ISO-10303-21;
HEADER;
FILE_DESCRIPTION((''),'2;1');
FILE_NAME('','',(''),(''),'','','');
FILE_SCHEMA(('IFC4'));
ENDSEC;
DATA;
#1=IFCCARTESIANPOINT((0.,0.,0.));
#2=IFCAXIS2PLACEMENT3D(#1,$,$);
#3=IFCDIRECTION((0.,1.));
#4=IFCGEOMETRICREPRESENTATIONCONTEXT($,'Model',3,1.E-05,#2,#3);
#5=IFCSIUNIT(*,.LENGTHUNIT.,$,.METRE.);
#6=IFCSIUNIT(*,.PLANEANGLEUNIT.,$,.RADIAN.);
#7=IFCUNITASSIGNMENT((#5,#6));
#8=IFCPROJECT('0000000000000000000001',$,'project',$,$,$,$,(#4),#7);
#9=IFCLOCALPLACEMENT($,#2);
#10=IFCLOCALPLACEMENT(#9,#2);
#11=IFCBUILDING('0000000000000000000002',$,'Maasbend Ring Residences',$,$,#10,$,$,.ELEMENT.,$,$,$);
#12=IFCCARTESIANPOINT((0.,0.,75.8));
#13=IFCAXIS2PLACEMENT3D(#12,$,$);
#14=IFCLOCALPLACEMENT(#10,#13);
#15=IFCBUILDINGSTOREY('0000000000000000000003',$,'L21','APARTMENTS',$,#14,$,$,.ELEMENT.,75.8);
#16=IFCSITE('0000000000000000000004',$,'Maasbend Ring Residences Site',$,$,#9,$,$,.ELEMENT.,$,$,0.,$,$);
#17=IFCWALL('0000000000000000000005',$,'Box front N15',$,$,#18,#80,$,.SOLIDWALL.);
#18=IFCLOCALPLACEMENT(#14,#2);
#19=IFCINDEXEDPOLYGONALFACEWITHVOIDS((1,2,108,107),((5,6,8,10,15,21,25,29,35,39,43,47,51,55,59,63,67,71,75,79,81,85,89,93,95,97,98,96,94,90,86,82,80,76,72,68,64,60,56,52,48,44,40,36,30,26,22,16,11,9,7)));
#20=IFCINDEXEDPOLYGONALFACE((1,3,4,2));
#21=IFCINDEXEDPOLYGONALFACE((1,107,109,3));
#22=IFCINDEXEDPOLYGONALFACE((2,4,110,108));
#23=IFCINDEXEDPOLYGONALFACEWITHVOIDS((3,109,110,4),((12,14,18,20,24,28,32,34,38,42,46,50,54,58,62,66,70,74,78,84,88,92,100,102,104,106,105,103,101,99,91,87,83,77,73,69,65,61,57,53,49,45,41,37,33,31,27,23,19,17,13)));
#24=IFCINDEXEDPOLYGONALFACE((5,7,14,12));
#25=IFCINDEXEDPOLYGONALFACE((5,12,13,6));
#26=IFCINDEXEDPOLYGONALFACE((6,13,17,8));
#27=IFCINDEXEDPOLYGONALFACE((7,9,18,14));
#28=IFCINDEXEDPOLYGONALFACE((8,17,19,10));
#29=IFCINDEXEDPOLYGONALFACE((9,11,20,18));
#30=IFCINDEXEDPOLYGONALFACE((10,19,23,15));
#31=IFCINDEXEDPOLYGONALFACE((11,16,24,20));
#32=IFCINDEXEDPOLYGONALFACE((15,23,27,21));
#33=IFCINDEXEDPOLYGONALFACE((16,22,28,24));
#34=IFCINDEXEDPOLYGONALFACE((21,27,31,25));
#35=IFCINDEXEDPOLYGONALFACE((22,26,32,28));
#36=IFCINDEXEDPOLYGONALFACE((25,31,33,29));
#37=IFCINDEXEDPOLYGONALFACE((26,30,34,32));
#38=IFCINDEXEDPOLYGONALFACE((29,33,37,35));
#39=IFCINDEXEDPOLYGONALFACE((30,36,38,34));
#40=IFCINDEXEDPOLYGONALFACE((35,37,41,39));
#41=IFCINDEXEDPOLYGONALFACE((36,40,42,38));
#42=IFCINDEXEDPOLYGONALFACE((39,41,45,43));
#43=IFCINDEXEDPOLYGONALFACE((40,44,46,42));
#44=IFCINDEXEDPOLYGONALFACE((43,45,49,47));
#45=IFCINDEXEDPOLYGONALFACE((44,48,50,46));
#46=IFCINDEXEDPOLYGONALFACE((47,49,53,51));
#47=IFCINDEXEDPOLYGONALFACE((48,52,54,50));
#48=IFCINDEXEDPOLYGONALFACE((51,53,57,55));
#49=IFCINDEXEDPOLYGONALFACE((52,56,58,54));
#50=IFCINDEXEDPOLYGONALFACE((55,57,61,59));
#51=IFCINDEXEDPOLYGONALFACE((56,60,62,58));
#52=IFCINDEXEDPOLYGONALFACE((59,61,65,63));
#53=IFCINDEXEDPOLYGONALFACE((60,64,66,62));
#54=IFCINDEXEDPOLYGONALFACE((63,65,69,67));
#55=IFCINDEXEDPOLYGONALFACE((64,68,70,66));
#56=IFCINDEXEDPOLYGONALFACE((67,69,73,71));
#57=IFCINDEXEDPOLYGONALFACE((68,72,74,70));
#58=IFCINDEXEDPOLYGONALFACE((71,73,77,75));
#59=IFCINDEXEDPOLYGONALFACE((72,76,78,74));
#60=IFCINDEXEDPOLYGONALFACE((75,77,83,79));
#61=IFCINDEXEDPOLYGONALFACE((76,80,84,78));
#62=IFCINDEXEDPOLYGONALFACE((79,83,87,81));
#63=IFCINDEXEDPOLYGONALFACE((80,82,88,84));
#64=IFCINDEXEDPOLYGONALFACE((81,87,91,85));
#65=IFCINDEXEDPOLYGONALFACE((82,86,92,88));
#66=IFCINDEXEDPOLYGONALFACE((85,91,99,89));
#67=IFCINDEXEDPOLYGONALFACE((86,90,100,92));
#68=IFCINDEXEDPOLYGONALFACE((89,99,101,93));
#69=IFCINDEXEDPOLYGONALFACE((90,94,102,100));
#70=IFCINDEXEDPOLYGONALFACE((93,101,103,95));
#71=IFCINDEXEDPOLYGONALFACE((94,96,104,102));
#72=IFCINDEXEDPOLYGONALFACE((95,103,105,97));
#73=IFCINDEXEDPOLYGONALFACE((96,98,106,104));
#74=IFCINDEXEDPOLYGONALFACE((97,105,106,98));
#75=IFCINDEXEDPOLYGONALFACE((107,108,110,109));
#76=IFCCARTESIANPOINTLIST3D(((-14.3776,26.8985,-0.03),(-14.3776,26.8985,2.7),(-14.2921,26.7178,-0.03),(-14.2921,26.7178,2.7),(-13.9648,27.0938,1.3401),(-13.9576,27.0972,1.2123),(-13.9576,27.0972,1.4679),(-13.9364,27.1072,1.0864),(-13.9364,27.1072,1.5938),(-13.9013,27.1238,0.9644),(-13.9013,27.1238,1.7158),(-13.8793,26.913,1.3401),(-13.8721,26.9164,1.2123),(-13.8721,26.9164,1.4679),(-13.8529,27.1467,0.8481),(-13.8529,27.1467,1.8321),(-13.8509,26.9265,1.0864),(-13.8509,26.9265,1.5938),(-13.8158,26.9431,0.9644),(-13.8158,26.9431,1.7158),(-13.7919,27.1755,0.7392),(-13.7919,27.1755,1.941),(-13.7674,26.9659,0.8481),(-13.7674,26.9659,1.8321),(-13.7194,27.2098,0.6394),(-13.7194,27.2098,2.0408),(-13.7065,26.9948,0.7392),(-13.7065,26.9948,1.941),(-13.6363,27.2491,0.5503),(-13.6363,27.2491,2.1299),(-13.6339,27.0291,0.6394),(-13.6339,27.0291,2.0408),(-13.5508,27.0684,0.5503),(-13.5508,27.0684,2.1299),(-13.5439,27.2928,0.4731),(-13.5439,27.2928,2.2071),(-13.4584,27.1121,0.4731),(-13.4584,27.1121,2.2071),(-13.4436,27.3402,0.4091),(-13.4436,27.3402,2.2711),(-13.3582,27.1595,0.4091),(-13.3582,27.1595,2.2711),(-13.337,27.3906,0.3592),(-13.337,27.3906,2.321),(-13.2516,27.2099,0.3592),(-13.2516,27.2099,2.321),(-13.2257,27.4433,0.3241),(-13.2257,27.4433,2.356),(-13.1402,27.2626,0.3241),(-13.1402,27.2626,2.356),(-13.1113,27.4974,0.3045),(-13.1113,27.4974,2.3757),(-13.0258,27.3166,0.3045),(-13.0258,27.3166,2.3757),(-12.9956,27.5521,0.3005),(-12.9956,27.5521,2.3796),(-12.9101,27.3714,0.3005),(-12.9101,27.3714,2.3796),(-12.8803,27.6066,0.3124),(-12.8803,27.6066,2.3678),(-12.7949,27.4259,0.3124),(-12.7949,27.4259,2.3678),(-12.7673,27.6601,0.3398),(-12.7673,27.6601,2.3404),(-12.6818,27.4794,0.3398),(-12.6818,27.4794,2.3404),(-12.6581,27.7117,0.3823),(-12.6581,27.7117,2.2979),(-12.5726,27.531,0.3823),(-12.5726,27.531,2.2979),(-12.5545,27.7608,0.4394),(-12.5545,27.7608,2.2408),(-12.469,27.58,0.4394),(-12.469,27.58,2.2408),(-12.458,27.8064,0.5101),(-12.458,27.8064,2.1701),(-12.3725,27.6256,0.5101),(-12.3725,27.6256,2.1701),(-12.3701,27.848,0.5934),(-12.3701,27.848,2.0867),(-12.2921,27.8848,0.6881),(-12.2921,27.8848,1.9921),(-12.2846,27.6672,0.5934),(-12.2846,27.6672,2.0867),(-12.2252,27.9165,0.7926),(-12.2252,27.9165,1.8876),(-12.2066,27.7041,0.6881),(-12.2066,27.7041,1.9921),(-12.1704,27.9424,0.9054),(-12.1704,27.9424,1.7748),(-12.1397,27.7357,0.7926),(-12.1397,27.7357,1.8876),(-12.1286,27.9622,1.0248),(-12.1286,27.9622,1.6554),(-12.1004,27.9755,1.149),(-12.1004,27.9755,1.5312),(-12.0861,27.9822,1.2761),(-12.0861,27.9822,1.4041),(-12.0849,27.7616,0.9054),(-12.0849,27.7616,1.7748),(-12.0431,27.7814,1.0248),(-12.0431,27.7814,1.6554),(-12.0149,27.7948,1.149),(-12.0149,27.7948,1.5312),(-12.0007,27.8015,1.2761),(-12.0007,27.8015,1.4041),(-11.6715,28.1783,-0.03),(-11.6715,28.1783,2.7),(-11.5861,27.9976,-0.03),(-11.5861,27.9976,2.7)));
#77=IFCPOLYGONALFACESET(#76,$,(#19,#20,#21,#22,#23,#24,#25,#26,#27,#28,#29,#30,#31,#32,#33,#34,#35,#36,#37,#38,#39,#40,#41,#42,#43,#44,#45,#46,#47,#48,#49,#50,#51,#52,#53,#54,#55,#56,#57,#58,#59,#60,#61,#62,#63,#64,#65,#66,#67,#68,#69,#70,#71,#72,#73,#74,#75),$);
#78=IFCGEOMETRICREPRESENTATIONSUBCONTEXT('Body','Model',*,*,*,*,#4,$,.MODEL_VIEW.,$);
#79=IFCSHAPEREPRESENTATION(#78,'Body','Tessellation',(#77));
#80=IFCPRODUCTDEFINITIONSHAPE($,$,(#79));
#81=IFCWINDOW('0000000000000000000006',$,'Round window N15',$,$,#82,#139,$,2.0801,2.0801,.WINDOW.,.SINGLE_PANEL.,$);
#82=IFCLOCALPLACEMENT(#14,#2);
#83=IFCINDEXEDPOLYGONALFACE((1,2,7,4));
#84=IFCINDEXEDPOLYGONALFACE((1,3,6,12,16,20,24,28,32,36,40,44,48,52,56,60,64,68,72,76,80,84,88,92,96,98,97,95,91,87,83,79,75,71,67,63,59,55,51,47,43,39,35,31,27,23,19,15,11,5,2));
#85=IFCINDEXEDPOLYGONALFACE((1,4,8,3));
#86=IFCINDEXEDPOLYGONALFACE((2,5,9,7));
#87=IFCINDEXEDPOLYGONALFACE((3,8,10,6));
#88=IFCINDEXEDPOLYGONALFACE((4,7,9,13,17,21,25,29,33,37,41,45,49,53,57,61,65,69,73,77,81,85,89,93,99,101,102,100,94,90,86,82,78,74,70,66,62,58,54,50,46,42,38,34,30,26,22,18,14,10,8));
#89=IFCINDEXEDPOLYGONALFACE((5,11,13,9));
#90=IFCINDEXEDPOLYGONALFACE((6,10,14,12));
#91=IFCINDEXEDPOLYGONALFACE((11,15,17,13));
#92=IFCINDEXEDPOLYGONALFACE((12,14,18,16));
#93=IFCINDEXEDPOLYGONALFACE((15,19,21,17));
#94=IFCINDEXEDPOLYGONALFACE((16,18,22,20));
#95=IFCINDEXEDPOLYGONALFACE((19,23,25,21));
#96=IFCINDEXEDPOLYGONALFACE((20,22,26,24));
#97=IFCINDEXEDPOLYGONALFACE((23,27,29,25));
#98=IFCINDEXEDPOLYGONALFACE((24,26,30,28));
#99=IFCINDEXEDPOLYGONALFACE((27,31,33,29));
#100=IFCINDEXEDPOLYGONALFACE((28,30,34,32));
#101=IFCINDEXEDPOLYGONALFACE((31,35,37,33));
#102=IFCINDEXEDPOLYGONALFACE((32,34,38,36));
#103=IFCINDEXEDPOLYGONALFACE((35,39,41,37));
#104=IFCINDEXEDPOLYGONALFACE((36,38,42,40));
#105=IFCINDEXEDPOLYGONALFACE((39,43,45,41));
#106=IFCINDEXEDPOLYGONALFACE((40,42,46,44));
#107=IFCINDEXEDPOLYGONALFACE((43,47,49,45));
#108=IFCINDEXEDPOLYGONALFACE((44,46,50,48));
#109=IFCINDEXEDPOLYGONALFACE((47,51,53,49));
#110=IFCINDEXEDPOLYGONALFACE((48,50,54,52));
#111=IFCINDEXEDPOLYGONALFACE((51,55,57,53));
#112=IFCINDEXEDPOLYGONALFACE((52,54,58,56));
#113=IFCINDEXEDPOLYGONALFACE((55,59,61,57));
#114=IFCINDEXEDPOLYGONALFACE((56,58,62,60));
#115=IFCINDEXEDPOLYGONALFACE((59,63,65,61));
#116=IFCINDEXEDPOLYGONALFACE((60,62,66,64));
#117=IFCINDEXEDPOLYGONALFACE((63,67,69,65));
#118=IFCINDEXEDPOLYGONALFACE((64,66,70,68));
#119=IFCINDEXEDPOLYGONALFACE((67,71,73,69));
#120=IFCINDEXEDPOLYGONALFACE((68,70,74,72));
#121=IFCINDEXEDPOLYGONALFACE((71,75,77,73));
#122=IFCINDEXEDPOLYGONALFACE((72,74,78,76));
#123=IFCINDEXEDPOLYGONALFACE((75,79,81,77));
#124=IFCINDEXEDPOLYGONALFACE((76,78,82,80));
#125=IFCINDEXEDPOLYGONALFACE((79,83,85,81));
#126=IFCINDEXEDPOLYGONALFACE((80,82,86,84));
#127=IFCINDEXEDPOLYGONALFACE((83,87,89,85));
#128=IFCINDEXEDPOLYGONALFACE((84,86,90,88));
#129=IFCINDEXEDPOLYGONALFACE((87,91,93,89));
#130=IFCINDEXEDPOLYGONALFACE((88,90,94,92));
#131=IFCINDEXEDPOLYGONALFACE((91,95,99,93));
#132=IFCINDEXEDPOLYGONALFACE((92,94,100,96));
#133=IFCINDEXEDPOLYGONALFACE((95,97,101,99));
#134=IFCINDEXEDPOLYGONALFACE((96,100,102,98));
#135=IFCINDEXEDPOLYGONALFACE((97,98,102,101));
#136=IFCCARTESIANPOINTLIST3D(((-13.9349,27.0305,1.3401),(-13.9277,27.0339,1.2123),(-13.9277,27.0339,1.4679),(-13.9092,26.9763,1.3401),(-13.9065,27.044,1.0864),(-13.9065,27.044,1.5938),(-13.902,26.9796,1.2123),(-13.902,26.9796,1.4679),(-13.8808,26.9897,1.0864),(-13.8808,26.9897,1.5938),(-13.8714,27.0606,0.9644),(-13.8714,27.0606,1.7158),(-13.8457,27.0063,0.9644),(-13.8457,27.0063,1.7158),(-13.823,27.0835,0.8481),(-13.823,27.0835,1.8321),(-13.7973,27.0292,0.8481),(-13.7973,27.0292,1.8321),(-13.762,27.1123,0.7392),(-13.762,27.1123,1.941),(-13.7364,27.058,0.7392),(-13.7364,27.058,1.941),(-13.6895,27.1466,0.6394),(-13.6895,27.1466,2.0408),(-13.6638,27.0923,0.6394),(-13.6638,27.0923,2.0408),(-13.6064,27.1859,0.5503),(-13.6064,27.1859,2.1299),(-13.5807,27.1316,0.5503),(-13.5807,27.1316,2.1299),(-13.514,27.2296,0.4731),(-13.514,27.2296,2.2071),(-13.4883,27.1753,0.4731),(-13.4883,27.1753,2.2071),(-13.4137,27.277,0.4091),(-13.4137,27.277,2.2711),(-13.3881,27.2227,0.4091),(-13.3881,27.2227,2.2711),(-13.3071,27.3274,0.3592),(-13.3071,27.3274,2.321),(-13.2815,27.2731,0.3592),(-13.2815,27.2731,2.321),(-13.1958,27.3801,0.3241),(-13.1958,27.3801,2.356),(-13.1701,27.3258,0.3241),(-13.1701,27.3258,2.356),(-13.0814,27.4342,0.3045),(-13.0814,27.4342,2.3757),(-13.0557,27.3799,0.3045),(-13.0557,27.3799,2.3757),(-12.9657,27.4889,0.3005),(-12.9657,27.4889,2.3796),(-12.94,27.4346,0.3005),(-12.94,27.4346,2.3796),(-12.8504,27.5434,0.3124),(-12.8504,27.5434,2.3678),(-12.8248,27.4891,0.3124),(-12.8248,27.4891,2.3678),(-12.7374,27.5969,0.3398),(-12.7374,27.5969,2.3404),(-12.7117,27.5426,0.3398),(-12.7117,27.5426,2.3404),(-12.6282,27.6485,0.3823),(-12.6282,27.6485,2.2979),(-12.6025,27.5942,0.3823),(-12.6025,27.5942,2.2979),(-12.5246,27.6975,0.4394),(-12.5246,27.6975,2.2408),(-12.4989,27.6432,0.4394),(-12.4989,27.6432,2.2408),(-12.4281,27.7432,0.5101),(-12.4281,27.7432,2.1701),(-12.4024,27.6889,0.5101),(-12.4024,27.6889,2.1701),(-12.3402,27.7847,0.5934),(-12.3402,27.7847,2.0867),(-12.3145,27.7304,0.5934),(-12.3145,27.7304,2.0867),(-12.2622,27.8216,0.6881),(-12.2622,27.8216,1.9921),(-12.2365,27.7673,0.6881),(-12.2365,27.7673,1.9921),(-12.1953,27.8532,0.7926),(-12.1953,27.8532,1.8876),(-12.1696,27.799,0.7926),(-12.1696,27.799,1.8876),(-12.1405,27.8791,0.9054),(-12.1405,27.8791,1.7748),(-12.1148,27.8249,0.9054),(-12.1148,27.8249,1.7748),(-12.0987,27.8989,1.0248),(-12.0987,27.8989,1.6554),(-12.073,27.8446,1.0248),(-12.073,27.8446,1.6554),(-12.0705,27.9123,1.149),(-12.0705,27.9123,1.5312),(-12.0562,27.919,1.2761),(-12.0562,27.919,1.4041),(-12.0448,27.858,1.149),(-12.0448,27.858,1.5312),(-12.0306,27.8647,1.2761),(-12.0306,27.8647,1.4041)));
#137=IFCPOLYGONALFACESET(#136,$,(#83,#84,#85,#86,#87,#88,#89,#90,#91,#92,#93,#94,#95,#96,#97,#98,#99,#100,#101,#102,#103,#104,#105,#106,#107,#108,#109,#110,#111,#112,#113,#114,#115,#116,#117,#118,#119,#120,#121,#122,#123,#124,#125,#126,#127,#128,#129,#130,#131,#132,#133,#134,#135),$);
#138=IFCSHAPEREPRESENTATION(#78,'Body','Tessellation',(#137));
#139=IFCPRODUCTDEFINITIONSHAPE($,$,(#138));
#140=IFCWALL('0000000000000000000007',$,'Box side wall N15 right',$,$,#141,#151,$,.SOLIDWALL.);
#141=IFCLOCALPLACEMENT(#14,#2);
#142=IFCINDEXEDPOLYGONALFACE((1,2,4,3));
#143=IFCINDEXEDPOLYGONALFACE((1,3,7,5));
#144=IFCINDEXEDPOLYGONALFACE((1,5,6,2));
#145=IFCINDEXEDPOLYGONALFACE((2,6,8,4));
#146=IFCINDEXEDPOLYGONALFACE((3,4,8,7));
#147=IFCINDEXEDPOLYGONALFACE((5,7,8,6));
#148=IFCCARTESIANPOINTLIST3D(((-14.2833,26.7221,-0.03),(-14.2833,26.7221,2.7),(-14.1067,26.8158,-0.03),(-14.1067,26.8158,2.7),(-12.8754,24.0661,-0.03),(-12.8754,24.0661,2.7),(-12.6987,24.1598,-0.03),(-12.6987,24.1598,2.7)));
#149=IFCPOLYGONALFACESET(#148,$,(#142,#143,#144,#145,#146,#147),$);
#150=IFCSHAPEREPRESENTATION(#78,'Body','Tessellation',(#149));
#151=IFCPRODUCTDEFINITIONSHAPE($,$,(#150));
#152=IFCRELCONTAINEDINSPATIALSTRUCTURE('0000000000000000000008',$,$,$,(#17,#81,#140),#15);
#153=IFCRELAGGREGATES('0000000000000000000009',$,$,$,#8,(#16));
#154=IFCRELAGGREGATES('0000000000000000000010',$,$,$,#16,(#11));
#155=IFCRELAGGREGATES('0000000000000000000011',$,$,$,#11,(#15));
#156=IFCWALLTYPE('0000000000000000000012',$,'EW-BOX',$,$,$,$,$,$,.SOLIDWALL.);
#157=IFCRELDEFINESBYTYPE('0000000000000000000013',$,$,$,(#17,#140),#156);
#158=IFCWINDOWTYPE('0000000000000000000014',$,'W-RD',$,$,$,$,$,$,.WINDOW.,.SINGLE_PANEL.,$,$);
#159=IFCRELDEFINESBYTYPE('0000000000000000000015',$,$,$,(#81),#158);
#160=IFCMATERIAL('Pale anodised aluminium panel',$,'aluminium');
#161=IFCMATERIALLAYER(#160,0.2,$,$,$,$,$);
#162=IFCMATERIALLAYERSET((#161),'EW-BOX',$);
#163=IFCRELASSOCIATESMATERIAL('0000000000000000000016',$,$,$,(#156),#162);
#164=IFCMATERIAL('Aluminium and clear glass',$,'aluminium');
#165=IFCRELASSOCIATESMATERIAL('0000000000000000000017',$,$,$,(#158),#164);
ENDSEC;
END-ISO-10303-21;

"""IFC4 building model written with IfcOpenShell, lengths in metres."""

from ifc_helpers import new_model, si_unit, direction, frame, frame_2d, origin, place, context, subcontext, project, spatial, rectangle, circle, extrude, material, layer, layer_set, type_object, element, fill, save


model = new_model("IFC4")

# Units and contexts
model_context = context("Model", 3, precision=1e-05, world=origin(), true_north=direction((0.0, 1.0)))
body_context = subcontext(model_context, "Body", "Model", "MODEL_VIEW")
ifc_project = project(units=[si_unit("LENGTHUNIT", "METRE"), si_unit("PLANEANGLEUNIT", "RADIAN")], contexts=[model_context])

# Site, building, storey
site_placement = place(None, origin())
site = spatial("IfcSite", under=ifc_project, at=site_placement, Name="Maasbend Ring Residences Site", CompositionType="ELEMENT", RefElevation=0.0)
building_placement = place(site_placement, origin())
building = spatial("IfcBuilding", under=site, at=building_placement, Name="Maasbend Ring Residences", CompositionType="ELEMENT")
storey_placement = place(building_placement, frame((0.0, 0.0, 75.8)))
storey = spatial("IfcBuildingStorey", under=building, at=storey_placement, Name="L21", Description="APARTMENTS", CompositionType="ELEMENT", Elevation=75.8)

# Wall, opening, window
ifc_material_1 = material(Name="Pale anodised aluminium panel", Category="aluminium")
ifc_layer_1 = layer(ifc_material_1, 0.2)
ifc_layer_set_1 = layer_set([ifc_layer_1], Name="EW-BOX")
wall_type_1 = type_object("IfcWallType", Name="EW-BOX", PredefinedType="SOLIDWALL", material=ifc_layer_set_1)
wall_1_placement = place(storey_placement, frame((-11.6289, 28.0879, -0.03), z_axis=(0.0, 0.0, 1.0), x_axis=(-0.904, -0.427532, 0.0)))
wall_1 = element("IfcWall", 1, at=wall_1_placement, inside=storey, type_object=wall_type_1, Name="Box front N15", PredefinedType="SOLIDWALL", context=body_context, shape_type="SweptSolid", body=[
    extrude(rectangle(XDim=2.9934, YDim=0.2, at=frame_2d((1.4966, 0.0))), origin(), (0.0, 0.0, 1.0), 2.73),
])
opening_1_placement = place(wall_1_placement, frame((0.4565, 0.0, 0.3301)))
opening_1 = element("IfcOpeningElement", 2, at=opening_1_placement, cuts=wall_1, PredefinedType="OPENING", context=body_context, shape_type="SweptSolid", body=[
    extrude(circle(Radius=1.04, at=frame_2d((1.04, 1.04))), frame((0.0, 0.1099, 0.0), z_axis=(0.0, -1.0, 0.0), x_axis=(1.0, 0.0, 0.0)), (0.0, 0.0, 1.0), 0.22),
])
ifc_material_2 = material(Name="Aluminium and clear glass", Category="aluminium")
window_type_1 = type_object("IfcWindowType", Name="W-RD", PartitioningType="SINGLE_PANEL", PredefinedType="WINDOW", material=ifc_material_2)
window_1_placement = place(opening_1_placement, origin())
window_1 = element("IfcWindow", 3, at=window_1_placement, inside=storey, type_object=window_type_1, Name="Round window N15", OverallHeight=2.0801, OverallWidth=2.0801, PartitioningType="SINGLE_PANEL", PredefinedType="WINDOW", context=body_context, shape_type="SweptSolid", body=[
    extrude(circle(Radius=1.04, at=frame_2d((1.04, 1.04))), frame((0.0, 0.03, 0.0), z_axis=(0.0, -1.0, 0.0), x_axis=(1.0, 0.0, 0.0)), (0.0, 0.0, 1.0), 0.0601),
])
fill(opening_1, window_1)

# Wall
wall_2_placement = place(storey_placement, frame((-12.7871, 24.113, -0.03), z_axis=(0.0, 0.0, 1.0), x_axis=(-0.468365, 0.883535, 0.0)))
element("IfcWall", 4, at=wall_2_placement, inside=storey, type_object=wall_type_1, Name="Box side wall N15 right", PredefinedType="SOLIDWALL", context=body_context, shape_type="SweptSolid", body=[
    extrude(rectangle(XDim=3.0061, YDim=0.2, at=frame_2d((1.5029, 0.0))), origin(), (0.0, 0.0, 1.0), 2.73),
])

save(model, "model.ifc")
